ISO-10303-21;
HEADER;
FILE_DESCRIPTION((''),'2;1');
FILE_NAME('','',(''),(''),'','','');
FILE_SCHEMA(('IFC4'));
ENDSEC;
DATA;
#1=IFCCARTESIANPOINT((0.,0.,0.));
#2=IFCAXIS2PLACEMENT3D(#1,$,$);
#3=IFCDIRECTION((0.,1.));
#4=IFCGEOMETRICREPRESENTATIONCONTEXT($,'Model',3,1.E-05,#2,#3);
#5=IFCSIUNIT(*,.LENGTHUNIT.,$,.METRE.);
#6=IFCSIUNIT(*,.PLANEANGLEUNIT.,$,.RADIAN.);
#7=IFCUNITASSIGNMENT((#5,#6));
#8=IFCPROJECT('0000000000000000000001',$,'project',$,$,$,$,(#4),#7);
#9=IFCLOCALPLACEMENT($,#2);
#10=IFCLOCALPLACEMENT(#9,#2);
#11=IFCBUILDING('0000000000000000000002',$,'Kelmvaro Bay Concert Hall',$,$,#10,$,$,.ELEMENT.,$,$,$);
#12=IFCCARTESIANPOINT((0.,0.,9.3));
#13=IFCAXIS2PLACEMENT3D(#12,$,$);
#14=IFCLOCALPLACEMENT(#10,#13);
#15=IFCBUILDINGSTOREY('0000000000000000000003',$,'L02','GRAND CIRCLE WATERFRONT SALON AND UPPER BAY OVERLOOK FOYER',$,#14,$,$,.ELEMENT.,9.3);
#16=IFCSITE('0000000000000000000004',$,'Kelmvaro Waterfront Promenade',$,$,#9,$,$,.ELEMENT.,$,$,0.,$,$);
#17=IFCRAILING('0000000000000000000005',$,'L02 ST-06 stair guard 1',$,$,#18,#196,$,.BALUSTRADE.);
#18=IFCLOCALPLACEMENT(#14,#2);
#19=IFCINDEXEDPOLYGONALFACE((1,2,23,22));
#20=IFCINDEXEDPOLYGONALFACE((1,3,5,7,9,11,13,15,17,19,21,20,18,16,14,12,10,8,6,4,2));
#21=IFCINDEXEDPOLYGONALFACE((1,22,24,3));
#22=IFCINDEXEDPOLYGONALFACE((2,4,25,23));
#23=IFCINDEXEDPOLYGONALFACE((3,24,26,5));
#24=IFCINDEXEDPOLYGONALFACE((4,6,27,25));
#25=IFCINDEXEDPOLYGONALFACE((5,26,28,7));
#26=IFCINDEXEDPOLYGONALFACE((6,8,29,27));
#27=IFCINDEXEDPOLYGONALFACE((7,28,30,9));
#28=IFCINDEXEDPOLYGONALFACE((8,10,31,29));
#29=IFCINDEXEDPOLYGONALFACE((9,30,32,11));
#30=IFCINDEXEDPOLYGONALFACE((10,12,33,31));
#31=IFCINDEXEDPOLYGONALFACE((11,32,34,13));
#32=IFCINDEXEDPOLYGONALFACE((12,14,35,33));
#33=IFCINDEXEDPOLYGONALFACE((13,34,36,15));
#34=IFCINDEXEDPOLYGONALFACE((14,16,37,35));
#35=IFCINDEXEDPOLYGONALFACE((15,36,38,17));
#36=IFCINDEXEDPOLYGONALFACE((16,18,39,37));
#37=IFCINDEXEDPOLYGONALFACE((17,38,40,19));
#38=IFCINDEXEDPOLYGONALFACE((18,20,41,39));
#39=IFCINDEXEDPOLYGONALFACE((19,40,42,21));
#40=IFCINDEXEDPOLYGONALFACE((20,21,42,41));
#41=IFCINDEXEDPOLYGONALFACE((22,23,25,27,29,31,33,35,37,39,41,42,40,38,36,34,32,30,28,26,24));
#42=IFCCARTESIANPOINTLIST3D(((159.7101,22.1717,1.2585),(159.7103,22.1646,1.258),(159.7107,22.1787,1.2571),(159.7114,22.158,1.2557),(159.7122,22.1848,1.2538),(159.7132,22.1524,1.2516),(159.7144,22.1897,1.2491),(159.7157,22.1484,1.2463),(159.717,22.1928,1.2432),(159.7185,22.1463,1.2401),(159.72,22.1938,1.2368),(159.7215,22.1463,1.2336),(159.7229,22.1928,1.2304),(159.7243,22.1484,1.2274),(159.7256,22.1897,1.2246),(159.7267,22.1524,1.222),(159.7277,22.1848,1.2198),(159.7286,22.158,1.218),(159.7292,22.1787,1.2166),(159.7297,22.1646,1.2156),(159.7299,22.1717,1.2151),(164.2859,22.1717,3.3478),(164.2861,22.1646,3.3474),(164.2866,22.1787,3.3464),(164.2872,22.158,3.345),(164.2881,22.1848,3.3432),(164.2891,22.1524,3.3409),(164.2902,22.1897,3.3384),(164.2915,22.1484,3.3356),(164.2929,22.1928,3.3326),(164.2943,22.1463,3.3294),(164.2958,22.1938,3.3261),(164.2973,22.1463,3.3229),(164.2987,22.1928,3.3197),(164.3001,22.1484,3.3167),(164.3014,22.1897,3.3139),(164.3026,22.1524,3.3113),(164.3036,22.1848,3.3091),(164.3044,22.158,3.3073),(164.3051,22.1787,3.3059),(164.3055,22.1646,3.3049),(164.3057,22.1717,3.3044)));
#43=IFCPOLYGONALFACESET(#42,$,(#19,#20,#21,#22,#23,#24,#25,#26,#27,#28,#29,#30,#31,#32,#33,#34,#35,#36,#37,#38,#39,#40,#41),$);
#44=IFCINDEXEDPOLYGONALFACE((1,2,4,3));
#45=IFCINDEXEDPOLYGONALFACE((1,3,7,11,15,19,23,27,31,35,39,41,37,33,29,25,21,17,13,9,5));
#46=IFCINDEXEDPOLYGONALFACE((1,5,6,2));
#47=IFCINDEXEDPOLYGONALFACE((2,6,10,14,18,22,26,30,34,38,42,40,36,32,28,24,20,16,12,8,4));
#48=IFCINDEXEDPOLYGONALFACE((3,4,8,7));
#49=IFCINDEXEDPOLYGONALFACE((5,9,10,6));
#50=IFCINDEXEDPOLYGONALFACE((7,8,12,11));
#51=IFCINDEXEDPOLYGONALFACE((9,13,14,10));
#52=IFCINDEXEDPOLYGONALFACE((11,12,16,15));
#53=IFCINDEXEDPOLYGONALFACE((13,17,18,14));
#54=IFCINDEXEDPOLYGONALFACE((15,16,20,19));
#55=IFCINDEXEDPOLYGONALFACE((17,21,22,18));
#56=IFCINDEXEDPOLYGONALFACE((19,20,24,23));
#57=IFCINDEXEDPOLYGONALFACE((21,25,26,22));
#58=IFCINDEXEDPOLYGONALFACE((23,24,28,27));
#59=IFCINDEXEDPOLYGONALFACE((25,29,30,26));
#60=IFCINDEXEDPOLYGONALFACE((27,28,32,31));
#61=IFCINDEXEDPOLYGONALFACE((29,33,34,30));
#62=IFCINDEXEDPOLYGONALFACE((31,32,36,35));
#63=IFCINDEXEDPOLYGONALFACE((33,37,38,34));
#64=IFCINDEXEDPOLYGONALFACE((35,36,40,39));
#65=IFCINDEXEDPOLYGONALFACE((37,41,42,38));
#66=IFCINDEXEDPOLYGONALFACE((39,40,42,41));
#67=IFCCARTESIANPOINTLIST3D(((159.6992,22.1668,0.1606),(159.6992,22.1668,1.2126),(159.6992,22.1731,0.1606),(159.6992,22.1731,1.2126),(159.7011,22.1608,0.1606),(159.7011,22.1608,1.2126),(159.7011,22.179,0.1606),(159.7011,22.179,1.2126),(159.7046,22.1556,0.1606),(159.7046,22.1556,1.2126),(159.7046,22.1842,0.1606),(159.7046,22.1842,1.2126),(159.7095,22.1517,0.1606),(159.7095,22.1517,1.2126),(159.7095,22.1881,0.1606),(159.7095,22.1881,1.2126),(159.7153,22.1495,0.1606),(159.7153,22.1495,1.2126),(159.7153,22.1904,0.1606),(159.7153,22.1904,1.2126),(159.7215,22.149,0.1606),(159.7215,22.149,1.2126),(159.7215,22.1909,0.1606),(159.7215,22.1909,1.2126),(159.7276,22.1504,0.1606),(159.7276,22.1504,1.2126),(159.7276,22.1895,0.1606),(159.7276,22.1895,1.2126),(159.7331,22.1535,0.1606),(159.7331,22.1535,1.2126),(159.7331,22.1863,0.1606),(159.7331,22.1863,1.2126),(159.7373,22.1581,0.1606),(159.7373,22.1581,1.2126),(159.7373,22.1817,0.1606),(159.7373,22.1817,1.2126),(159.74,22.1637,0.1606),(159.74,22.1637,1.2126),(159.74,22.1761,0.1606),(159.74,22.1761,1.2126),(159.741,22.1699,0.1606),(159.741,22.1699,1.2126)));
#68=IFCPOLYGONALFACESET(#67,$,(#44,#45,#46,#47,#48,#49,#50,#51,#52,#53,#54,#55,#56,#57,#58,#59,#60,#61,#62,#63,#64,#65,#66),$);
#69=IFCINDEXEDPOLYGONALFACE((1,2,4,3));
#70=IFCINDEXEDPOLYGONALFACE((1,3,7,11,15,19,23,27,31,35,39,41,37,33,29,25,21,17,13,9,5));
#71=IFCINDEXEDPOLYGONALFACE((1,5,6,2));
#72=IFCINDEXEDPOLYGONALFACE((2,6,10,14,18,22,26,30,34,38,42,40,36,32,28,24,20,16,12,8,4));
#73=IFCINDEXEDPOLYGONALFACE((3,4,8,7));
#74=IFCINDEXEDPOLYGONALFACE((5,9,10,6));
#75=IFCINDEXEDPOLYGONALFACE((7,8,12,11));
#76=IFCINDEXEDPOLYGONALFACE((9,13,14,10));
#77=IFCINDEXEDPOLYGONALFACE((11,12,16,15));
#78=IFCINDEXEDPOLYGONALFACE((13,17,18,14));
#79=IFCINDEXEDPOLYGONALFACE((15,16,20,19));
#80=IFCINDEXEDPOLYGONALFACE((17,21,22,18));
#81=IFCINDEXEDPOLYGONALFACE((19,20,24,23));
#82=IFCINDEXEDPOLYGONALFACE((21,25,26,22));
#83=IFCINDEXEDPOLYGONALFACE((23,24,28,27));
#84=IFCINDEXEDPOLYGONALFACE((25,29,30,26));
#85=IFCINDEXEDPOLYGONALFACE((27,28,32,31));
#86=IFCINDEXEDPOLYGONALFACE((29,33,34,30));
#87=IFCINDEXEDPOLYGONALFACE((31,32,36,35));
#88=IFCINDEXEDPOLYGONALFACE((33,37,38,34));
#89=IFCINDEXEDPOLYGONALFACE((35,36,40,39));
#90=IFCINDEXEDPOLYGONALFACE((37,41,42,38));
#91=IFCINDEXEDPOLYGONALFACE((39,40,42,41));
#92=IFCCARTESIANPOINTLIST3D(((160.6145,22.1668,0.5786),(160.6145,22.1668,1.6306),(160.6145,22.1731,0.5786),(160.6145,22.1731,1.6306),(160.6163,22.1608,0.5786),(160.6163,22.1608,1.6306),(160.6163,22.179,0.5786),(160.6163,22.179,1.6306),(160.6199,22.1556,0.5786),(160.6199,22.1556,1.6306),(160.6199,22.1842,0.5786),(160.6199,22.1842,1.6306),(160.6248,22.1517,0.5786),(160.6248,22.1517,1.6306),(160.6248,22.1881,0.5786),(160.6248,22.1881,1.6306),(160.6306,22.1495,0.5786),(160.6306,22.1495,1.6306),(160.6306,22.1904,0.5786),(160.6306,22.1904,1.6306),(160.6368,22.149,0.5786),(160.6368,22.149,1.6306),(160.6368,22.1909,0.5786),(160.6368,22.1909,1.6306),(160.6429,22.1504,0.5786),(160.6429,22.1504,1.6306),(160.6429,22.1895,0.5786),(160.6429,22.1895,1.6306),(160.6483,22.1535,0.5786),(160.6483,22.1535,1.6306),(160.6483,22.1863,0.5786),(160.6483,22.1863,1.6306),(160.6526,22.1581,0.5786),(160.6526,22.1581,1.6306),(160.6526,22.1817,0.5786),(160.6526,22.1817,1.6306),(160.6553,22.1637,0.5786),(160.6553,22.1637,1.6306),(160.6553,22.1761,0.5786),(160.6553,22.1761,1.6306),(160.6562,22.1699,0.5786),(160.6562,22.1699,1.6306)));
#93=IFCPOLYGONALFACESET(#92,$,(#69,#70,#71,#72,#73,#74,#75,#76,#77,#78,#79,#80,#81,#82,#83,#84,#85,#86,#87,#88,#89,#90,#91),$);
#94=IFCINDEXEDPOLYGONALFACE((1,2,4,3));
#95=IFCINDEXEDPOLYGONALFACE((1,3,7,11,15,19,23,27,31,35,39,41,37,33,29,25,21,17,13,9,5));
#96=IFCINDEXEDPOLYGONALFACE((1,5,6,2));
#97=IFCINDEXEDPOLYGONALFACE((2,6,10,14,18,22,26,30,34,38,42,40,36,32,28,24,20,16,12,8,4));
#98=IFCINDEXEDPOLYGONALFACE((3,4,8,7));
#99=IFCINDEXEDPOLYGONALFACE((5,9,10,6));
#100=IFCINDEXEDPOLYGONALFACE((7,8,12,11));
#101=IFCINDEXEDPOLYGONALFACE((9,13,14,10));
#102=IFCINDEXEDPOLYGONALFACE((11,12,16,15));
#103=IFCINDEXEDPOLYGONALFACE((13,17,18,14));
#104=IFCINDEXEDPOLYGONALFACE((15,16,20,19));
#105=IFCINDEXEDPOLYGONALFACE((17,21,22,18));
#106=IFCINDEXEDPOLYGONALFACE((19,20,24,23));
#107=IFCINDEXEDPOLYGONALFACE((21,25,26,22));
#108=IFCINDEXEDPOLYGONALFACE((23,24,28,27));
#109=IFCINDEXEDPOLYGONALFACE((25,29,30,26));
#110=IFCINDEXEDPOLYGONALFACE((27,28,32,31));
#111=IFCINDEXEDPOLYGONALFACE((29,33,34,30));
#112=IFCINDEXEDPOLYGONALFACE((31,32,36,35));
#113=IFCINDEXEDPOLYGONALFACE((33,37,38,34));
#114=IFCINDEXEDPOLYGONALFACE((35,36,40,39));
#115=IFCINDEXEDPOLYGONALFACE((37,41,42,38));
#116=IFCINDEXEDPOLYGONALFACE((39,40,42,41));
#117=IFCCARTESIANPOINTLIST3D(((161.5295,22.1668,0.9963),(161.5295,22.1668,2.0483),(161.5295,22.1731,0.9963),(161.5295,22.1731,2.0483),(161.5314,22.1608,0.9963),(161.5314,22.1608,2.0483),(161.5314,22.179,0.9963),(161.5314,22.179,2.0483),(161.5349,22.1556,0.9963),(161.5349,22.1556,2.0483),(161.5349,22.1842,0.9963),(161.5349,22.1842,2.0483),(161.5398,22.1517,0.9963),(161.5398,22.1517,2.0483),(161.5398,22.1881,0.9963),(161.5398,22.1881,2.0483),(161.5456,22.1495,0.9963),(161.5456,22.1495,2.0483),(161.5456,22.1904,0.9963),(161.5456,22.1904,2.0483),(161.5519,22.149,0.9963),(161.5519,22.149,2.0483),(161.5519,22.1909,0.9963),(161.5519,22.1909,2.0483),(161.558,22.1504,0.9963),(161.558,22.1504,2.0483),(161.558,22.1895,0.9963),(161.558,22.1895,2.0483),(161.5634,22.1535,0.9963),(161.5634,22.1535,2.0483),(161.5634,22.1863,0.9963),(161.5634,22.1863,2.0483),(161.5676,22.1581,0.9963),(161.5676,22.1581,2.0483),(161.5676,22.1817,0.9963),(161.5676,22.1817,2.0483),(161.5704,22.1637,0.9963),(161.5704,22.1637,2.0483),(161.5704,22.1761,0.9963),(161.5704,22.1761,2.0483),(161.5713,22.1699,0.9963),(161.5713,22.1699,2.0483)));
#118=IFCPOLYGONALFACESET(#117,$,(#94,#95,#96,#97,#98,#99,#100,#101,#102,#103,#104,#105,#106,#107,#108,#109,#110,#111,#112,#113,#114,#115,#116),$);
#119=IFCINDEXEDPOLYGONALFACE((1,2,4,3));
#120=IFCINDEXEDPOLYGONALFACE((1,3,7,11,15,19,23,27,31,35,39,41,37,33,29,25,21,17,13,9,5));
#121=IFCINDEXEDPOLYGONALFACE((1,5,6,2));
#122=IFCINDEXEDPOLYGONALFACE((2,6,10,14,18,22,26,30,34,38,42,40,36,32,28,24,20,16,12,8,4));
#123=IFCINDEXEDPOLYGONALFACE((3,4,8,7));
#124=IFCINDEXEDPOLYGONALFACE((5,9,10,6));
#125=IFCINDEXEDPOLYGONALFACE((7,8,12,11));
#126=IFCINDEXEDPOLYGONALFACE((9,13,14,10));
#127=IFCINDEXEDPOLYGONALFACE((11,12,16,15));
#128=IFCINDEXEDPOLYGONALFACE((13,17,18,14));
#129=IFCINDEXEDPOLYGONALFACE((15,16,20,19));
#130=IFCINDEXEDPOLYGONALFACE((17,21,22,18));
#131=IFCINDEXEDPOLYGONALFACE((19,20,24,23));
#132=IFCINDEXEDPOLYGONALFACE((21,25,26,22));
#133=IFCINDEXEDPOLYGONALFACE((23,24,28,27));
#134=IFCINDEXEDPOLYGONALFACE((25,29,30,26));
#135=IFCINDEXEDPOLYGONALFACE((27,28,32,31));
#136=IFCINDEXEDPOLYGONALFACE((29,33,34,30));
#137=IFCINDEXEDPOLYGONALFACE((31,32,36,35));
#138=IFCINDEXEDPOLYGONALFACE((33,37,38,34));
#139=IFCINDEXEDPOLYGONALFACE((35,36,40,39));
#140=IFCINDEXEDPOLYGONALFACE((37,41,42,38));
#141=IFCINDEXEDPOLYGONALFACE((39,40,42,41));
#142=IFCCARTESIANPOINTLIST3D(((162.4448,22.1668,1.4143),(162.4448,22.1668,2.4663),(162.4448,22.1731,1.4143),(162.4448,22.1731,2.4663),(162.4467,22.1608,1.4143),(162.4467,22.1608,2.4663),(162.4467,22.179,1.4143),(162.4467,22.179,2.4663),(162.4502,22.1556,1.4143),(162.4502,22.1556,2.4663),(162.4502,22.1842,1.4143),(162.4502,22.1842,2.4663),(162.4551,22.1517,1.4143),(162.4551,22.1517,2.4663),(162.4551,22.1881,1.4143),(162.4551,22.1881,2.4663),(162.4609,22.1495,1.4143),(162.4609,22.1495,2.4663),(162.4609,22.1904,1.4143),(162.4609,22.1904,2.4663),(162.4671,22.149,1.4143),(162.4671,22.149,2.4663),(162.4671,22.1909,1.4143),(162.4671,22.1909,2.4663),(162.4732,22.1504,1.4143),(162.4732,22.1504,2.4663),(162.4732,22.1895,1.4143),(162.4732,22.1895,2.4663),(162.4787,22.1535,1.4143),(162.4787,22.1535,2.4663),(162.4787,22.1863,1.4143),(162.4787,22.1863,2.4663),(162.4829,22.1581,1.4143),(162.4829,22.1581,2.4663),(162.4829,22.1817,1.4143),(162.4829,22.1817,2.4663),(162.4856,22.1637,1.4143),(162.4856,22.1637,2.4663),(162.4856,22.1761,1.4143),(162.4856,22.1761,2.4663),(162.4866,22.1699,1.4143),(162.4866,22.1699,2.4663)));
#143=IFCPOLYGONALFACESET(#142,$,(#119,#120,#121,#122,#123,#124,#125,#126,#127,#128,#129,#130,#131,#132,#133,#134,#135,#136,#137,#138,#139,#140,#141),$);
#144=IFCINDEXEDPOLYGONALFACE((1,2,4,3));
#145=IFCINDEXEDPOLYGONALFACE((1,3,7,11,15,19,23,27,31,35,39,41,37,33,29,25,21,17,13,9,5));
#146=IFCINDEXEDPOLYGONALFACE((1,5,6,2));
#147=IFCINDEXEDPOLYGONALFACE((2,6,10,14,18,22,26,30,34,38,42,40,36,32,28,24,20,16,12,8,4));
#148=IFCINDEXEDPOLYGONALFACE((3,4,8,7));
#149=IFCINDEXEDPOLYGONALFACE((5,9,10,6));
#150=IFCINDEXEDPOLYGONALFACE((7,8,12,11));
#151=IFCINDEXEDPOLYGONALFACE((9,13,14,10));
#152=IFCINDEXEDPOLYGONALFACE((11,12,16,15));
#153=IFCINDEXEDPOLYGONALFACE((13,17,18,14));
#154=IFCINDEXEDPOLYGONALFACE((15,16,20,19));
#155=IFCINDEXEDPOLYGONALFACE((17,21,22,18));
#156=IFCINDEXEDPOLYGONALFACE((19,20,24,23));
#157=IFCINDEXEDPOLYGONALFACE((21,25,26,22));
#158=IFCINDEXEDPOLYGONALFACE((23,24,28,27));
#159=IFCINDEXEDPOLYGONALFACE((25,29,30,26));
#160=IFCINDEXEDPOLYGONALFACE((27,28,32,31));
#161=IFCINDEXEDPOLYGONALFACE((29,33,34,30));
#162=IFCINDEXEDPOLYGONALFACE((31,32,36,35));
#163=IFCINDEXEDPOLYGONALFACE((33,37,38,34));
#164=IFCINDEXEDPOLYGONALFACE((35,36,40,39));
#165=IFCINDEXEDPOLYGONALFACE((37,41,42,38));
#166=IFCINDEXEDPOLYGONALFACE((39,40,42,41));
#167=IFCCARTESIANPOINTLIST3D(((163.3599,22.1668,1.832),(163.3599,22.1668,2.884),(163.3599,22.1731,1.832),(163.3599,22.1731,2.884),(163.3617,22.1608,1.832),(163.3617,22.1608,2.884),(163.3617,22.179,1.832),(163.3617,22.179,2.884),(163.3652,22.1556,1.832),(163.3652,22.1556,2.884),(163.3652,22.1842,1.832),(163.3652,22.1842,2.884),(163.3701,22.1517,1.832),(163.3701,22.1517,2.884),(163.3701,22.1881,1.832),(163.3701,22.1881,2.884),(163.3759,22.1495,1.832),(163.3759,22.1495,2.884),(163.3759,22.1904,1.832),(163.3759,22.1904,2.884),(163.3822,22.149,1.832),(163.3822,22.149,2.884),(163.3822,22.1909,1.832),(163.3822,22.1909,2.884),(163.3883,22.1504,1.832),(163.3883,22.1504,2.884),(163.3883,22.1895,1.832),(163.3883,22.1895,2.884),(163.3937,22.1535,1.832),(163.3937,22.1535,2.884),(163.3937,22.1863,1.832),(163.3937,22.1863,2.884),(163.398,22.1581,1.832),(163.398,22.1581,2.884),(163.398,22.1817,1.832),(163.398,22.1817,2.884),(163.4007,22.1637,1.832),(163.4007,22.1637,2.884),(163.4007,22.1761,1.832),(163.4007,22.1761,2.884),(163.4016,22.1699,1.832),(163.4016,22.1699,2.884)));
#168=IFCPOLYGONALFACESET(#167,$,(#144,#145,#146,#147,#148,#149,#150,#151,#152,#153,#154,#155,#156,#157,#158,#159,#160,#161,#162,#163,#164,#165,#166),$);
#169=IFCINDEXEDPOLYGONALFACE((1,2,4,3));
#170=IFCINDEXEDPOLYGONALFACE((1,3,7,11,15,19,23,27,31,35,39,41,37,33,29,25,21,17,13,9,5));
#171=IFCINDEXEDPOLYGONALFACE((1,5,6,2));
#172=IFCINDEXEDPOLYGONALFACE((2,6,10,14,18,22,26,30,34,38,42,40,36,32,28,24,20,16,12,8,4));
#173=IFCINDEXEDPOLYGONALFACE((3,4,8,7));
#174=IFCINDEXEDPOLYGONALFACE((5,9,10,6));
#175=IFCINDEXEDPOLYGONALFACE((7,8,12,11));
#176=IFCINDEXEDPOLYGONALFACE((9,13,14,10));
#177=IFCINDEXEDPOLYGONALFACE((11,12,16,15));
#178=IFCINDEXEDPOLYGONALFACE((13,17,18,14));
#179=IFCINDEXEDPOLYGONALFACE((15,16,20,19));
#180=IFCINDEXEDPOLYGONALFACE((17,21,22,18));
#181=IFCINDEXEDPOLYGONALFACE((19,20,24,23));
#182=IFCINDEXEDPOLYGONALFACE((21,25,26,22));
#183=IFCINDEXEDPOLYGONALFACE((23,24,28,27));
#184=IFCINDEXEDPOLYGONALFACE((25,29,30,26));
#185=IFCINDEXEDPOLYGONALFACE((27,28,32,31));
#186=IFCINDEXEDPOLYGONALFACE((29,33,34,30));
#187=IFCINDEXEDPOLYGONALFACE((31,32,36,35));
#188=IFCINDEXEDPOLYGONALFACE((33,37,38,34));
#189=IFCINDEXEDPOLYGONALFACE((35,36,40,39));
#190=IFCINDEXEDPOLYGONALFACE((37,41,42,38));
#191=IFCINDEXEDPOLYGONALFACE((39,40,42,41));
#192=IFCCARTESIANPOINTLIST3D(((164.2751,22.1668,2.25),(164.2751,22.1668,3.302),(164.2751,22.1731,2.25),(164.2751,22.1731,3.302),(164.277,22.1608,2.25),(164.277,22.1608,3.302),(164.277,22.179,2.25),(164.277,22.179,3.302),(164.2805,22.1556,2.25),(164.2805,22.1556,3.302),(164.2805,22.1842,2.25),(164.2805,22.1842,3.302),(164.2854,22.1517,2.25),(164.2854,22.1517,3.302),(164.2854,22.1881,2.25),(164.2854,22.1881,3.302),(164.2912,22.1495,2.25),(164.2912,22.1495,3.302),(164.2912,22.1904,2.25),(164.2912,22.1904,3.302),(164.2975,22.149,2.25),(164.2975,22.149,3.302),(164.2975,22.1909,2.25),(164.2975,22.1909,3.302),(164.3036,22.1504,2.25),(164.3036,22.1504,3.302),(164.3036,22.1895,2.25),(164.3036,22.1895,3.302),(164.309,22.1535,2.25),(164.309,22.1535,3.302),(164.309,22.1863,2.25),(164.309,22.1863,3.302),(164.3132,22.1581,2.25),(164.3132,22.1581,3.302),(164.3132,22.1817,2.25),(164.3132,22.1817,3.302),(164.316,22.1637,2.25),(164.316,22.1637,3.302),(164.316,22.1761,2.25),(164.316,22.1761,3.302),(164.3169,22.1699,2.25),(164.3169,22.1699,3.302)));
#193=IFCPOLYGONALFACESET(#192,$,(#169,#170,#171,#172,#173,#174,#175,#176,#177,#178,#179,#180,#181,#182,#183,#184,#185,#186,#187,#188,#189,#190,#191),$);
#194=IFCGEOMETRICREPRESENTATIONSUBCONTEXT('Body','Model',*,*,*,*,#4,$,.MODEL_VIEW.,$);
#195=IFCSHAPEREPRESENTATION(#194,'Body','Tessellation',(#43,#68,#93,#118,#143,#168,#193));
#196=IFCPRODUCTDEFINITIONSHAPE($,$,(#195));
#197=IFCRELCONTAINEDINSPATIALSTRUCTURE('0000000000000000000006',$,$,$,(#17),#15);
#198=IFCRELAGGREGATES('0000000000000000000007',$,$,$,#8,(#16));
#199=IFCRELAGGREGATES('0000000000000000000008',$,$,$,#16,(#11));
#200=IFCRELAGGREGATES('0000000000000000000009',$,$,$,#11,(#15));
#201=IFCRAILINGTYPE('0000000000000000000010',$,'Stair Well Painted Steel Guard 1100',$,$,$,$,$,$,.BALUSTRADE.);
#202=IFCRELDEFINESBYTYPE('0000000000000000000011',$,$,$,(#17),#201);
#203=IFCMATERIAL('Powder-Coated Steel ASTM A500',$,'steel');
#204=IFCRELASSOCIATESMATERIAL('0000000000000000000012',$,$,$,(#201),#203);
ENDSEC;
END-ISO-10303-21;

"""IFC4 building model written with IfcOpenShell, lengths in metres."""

from ifc_helpers import new_model, si_unit, direction, frame, origin, origin_2d, place, context, subcontext, project, spatial, circle, extrude, material, type_object, element, save


model = new_model("IFC4")

# Units and contexts
model_context = context("Model", 3, precision=1e-05, world=origin(), true_north=direction((0.0, 1.0)))
body_context = subcontext(model_context, "Body", "Model", "MODEL_VIEW")
ifc_project = project(units=[si_unit("LENGTHUNIT", "METRE"), si_unit("PLANEANGLEUNIT", "RADIAN")], contexts=[model_context])

# Site, building, storey
site_placement = place(None, origin())
site = spatial("IfcSite", under=ifc_project, at=site_placement, Name="Kelmvaro Waterfront Promenade", CompositionType="ELEMENT", RefElevation=0.0)
building_placement = place(site_placement, origin())
building = spatial("IfcBuilding", under=site, at=building_placement, Name="Kelmvaro Bay Concert Hall", CompositionType="ELEMENT")
storey_placement = place(building_placement, frame((0.0, 0.0, 9.3)))
storey = spatial("IfcBuildingStorey", under=building, at=storey_placement, Name="L02", Description="GRAND CIRCLE WATERFRONT SALON AND UPPER BAY OVERLOOK FOYER", CompositionType="ELEMENT", Elevation=9.3)

# Railing
ifc_material_1 = material(Name="Powder-Coated Steel ASTM A500", Category="steel")
railing_type_1 = type_object("IfcRailingType", Name="Stair Well Painted Steel Guard 1100", PredefinedType="BALUSTRADE", material=ifc_material_1)
railing_1_placement = place(storey_placement, frame((159.72, 22.1699, 0.1606)))
element("IfcRailing", 1, at=railing_1_placement, inside=storey, type_object=railing_type_1, Name="L02 ST-06 stair guard 1", PredefinedType="BALUSTRADE", context=body_context, shape_type="SweptSolid", body=[
    extrude(circle(Radius=0.0239, at=origin_2d()), frame((0.0, 0.0, 1.0762), z_axis=(0.909662, 0.0, 0.415349), x_axis=(0.0, 1.0, 0.0)), (0.0, 0.0, 1.0), 5.0303),
    extrude(circle(Radius=0.021, at=origin_2d()), origin(), (0.0, 0.0, 1.0), 1.052),
    extrude(circle(Radius=0.021, at=origin_2d()), frame((0.9153, 0.0, 0.418)), (0.0, 0.0, 1.0), 1.052),
    extrude(circle(Radius=0.021, at=origin_2d()), frame((1.8303, 0.0, 0.8357)), (0.0, 0.0, 1.0), 1.052),
    extrude(circle(Radius=0.021, at=origin_2d()), frame((2.7456, 0.0, 1.2537)), (0.0, 0.0, 1.0), 1.052),
    extrude(circle(Radius=0.021, at=origin_2d()), frame((3.6606, 0.0, 1.6714)), (0.0, 0.0, 1.0), 1.052),
    extrude(circle(Radius=0.021, at=origin_2d()), frame((4.5759, 0.0, 2.0894)), (0.0, 0.0, 1.0), 1.052),
])

save(model, "model.ifc")
